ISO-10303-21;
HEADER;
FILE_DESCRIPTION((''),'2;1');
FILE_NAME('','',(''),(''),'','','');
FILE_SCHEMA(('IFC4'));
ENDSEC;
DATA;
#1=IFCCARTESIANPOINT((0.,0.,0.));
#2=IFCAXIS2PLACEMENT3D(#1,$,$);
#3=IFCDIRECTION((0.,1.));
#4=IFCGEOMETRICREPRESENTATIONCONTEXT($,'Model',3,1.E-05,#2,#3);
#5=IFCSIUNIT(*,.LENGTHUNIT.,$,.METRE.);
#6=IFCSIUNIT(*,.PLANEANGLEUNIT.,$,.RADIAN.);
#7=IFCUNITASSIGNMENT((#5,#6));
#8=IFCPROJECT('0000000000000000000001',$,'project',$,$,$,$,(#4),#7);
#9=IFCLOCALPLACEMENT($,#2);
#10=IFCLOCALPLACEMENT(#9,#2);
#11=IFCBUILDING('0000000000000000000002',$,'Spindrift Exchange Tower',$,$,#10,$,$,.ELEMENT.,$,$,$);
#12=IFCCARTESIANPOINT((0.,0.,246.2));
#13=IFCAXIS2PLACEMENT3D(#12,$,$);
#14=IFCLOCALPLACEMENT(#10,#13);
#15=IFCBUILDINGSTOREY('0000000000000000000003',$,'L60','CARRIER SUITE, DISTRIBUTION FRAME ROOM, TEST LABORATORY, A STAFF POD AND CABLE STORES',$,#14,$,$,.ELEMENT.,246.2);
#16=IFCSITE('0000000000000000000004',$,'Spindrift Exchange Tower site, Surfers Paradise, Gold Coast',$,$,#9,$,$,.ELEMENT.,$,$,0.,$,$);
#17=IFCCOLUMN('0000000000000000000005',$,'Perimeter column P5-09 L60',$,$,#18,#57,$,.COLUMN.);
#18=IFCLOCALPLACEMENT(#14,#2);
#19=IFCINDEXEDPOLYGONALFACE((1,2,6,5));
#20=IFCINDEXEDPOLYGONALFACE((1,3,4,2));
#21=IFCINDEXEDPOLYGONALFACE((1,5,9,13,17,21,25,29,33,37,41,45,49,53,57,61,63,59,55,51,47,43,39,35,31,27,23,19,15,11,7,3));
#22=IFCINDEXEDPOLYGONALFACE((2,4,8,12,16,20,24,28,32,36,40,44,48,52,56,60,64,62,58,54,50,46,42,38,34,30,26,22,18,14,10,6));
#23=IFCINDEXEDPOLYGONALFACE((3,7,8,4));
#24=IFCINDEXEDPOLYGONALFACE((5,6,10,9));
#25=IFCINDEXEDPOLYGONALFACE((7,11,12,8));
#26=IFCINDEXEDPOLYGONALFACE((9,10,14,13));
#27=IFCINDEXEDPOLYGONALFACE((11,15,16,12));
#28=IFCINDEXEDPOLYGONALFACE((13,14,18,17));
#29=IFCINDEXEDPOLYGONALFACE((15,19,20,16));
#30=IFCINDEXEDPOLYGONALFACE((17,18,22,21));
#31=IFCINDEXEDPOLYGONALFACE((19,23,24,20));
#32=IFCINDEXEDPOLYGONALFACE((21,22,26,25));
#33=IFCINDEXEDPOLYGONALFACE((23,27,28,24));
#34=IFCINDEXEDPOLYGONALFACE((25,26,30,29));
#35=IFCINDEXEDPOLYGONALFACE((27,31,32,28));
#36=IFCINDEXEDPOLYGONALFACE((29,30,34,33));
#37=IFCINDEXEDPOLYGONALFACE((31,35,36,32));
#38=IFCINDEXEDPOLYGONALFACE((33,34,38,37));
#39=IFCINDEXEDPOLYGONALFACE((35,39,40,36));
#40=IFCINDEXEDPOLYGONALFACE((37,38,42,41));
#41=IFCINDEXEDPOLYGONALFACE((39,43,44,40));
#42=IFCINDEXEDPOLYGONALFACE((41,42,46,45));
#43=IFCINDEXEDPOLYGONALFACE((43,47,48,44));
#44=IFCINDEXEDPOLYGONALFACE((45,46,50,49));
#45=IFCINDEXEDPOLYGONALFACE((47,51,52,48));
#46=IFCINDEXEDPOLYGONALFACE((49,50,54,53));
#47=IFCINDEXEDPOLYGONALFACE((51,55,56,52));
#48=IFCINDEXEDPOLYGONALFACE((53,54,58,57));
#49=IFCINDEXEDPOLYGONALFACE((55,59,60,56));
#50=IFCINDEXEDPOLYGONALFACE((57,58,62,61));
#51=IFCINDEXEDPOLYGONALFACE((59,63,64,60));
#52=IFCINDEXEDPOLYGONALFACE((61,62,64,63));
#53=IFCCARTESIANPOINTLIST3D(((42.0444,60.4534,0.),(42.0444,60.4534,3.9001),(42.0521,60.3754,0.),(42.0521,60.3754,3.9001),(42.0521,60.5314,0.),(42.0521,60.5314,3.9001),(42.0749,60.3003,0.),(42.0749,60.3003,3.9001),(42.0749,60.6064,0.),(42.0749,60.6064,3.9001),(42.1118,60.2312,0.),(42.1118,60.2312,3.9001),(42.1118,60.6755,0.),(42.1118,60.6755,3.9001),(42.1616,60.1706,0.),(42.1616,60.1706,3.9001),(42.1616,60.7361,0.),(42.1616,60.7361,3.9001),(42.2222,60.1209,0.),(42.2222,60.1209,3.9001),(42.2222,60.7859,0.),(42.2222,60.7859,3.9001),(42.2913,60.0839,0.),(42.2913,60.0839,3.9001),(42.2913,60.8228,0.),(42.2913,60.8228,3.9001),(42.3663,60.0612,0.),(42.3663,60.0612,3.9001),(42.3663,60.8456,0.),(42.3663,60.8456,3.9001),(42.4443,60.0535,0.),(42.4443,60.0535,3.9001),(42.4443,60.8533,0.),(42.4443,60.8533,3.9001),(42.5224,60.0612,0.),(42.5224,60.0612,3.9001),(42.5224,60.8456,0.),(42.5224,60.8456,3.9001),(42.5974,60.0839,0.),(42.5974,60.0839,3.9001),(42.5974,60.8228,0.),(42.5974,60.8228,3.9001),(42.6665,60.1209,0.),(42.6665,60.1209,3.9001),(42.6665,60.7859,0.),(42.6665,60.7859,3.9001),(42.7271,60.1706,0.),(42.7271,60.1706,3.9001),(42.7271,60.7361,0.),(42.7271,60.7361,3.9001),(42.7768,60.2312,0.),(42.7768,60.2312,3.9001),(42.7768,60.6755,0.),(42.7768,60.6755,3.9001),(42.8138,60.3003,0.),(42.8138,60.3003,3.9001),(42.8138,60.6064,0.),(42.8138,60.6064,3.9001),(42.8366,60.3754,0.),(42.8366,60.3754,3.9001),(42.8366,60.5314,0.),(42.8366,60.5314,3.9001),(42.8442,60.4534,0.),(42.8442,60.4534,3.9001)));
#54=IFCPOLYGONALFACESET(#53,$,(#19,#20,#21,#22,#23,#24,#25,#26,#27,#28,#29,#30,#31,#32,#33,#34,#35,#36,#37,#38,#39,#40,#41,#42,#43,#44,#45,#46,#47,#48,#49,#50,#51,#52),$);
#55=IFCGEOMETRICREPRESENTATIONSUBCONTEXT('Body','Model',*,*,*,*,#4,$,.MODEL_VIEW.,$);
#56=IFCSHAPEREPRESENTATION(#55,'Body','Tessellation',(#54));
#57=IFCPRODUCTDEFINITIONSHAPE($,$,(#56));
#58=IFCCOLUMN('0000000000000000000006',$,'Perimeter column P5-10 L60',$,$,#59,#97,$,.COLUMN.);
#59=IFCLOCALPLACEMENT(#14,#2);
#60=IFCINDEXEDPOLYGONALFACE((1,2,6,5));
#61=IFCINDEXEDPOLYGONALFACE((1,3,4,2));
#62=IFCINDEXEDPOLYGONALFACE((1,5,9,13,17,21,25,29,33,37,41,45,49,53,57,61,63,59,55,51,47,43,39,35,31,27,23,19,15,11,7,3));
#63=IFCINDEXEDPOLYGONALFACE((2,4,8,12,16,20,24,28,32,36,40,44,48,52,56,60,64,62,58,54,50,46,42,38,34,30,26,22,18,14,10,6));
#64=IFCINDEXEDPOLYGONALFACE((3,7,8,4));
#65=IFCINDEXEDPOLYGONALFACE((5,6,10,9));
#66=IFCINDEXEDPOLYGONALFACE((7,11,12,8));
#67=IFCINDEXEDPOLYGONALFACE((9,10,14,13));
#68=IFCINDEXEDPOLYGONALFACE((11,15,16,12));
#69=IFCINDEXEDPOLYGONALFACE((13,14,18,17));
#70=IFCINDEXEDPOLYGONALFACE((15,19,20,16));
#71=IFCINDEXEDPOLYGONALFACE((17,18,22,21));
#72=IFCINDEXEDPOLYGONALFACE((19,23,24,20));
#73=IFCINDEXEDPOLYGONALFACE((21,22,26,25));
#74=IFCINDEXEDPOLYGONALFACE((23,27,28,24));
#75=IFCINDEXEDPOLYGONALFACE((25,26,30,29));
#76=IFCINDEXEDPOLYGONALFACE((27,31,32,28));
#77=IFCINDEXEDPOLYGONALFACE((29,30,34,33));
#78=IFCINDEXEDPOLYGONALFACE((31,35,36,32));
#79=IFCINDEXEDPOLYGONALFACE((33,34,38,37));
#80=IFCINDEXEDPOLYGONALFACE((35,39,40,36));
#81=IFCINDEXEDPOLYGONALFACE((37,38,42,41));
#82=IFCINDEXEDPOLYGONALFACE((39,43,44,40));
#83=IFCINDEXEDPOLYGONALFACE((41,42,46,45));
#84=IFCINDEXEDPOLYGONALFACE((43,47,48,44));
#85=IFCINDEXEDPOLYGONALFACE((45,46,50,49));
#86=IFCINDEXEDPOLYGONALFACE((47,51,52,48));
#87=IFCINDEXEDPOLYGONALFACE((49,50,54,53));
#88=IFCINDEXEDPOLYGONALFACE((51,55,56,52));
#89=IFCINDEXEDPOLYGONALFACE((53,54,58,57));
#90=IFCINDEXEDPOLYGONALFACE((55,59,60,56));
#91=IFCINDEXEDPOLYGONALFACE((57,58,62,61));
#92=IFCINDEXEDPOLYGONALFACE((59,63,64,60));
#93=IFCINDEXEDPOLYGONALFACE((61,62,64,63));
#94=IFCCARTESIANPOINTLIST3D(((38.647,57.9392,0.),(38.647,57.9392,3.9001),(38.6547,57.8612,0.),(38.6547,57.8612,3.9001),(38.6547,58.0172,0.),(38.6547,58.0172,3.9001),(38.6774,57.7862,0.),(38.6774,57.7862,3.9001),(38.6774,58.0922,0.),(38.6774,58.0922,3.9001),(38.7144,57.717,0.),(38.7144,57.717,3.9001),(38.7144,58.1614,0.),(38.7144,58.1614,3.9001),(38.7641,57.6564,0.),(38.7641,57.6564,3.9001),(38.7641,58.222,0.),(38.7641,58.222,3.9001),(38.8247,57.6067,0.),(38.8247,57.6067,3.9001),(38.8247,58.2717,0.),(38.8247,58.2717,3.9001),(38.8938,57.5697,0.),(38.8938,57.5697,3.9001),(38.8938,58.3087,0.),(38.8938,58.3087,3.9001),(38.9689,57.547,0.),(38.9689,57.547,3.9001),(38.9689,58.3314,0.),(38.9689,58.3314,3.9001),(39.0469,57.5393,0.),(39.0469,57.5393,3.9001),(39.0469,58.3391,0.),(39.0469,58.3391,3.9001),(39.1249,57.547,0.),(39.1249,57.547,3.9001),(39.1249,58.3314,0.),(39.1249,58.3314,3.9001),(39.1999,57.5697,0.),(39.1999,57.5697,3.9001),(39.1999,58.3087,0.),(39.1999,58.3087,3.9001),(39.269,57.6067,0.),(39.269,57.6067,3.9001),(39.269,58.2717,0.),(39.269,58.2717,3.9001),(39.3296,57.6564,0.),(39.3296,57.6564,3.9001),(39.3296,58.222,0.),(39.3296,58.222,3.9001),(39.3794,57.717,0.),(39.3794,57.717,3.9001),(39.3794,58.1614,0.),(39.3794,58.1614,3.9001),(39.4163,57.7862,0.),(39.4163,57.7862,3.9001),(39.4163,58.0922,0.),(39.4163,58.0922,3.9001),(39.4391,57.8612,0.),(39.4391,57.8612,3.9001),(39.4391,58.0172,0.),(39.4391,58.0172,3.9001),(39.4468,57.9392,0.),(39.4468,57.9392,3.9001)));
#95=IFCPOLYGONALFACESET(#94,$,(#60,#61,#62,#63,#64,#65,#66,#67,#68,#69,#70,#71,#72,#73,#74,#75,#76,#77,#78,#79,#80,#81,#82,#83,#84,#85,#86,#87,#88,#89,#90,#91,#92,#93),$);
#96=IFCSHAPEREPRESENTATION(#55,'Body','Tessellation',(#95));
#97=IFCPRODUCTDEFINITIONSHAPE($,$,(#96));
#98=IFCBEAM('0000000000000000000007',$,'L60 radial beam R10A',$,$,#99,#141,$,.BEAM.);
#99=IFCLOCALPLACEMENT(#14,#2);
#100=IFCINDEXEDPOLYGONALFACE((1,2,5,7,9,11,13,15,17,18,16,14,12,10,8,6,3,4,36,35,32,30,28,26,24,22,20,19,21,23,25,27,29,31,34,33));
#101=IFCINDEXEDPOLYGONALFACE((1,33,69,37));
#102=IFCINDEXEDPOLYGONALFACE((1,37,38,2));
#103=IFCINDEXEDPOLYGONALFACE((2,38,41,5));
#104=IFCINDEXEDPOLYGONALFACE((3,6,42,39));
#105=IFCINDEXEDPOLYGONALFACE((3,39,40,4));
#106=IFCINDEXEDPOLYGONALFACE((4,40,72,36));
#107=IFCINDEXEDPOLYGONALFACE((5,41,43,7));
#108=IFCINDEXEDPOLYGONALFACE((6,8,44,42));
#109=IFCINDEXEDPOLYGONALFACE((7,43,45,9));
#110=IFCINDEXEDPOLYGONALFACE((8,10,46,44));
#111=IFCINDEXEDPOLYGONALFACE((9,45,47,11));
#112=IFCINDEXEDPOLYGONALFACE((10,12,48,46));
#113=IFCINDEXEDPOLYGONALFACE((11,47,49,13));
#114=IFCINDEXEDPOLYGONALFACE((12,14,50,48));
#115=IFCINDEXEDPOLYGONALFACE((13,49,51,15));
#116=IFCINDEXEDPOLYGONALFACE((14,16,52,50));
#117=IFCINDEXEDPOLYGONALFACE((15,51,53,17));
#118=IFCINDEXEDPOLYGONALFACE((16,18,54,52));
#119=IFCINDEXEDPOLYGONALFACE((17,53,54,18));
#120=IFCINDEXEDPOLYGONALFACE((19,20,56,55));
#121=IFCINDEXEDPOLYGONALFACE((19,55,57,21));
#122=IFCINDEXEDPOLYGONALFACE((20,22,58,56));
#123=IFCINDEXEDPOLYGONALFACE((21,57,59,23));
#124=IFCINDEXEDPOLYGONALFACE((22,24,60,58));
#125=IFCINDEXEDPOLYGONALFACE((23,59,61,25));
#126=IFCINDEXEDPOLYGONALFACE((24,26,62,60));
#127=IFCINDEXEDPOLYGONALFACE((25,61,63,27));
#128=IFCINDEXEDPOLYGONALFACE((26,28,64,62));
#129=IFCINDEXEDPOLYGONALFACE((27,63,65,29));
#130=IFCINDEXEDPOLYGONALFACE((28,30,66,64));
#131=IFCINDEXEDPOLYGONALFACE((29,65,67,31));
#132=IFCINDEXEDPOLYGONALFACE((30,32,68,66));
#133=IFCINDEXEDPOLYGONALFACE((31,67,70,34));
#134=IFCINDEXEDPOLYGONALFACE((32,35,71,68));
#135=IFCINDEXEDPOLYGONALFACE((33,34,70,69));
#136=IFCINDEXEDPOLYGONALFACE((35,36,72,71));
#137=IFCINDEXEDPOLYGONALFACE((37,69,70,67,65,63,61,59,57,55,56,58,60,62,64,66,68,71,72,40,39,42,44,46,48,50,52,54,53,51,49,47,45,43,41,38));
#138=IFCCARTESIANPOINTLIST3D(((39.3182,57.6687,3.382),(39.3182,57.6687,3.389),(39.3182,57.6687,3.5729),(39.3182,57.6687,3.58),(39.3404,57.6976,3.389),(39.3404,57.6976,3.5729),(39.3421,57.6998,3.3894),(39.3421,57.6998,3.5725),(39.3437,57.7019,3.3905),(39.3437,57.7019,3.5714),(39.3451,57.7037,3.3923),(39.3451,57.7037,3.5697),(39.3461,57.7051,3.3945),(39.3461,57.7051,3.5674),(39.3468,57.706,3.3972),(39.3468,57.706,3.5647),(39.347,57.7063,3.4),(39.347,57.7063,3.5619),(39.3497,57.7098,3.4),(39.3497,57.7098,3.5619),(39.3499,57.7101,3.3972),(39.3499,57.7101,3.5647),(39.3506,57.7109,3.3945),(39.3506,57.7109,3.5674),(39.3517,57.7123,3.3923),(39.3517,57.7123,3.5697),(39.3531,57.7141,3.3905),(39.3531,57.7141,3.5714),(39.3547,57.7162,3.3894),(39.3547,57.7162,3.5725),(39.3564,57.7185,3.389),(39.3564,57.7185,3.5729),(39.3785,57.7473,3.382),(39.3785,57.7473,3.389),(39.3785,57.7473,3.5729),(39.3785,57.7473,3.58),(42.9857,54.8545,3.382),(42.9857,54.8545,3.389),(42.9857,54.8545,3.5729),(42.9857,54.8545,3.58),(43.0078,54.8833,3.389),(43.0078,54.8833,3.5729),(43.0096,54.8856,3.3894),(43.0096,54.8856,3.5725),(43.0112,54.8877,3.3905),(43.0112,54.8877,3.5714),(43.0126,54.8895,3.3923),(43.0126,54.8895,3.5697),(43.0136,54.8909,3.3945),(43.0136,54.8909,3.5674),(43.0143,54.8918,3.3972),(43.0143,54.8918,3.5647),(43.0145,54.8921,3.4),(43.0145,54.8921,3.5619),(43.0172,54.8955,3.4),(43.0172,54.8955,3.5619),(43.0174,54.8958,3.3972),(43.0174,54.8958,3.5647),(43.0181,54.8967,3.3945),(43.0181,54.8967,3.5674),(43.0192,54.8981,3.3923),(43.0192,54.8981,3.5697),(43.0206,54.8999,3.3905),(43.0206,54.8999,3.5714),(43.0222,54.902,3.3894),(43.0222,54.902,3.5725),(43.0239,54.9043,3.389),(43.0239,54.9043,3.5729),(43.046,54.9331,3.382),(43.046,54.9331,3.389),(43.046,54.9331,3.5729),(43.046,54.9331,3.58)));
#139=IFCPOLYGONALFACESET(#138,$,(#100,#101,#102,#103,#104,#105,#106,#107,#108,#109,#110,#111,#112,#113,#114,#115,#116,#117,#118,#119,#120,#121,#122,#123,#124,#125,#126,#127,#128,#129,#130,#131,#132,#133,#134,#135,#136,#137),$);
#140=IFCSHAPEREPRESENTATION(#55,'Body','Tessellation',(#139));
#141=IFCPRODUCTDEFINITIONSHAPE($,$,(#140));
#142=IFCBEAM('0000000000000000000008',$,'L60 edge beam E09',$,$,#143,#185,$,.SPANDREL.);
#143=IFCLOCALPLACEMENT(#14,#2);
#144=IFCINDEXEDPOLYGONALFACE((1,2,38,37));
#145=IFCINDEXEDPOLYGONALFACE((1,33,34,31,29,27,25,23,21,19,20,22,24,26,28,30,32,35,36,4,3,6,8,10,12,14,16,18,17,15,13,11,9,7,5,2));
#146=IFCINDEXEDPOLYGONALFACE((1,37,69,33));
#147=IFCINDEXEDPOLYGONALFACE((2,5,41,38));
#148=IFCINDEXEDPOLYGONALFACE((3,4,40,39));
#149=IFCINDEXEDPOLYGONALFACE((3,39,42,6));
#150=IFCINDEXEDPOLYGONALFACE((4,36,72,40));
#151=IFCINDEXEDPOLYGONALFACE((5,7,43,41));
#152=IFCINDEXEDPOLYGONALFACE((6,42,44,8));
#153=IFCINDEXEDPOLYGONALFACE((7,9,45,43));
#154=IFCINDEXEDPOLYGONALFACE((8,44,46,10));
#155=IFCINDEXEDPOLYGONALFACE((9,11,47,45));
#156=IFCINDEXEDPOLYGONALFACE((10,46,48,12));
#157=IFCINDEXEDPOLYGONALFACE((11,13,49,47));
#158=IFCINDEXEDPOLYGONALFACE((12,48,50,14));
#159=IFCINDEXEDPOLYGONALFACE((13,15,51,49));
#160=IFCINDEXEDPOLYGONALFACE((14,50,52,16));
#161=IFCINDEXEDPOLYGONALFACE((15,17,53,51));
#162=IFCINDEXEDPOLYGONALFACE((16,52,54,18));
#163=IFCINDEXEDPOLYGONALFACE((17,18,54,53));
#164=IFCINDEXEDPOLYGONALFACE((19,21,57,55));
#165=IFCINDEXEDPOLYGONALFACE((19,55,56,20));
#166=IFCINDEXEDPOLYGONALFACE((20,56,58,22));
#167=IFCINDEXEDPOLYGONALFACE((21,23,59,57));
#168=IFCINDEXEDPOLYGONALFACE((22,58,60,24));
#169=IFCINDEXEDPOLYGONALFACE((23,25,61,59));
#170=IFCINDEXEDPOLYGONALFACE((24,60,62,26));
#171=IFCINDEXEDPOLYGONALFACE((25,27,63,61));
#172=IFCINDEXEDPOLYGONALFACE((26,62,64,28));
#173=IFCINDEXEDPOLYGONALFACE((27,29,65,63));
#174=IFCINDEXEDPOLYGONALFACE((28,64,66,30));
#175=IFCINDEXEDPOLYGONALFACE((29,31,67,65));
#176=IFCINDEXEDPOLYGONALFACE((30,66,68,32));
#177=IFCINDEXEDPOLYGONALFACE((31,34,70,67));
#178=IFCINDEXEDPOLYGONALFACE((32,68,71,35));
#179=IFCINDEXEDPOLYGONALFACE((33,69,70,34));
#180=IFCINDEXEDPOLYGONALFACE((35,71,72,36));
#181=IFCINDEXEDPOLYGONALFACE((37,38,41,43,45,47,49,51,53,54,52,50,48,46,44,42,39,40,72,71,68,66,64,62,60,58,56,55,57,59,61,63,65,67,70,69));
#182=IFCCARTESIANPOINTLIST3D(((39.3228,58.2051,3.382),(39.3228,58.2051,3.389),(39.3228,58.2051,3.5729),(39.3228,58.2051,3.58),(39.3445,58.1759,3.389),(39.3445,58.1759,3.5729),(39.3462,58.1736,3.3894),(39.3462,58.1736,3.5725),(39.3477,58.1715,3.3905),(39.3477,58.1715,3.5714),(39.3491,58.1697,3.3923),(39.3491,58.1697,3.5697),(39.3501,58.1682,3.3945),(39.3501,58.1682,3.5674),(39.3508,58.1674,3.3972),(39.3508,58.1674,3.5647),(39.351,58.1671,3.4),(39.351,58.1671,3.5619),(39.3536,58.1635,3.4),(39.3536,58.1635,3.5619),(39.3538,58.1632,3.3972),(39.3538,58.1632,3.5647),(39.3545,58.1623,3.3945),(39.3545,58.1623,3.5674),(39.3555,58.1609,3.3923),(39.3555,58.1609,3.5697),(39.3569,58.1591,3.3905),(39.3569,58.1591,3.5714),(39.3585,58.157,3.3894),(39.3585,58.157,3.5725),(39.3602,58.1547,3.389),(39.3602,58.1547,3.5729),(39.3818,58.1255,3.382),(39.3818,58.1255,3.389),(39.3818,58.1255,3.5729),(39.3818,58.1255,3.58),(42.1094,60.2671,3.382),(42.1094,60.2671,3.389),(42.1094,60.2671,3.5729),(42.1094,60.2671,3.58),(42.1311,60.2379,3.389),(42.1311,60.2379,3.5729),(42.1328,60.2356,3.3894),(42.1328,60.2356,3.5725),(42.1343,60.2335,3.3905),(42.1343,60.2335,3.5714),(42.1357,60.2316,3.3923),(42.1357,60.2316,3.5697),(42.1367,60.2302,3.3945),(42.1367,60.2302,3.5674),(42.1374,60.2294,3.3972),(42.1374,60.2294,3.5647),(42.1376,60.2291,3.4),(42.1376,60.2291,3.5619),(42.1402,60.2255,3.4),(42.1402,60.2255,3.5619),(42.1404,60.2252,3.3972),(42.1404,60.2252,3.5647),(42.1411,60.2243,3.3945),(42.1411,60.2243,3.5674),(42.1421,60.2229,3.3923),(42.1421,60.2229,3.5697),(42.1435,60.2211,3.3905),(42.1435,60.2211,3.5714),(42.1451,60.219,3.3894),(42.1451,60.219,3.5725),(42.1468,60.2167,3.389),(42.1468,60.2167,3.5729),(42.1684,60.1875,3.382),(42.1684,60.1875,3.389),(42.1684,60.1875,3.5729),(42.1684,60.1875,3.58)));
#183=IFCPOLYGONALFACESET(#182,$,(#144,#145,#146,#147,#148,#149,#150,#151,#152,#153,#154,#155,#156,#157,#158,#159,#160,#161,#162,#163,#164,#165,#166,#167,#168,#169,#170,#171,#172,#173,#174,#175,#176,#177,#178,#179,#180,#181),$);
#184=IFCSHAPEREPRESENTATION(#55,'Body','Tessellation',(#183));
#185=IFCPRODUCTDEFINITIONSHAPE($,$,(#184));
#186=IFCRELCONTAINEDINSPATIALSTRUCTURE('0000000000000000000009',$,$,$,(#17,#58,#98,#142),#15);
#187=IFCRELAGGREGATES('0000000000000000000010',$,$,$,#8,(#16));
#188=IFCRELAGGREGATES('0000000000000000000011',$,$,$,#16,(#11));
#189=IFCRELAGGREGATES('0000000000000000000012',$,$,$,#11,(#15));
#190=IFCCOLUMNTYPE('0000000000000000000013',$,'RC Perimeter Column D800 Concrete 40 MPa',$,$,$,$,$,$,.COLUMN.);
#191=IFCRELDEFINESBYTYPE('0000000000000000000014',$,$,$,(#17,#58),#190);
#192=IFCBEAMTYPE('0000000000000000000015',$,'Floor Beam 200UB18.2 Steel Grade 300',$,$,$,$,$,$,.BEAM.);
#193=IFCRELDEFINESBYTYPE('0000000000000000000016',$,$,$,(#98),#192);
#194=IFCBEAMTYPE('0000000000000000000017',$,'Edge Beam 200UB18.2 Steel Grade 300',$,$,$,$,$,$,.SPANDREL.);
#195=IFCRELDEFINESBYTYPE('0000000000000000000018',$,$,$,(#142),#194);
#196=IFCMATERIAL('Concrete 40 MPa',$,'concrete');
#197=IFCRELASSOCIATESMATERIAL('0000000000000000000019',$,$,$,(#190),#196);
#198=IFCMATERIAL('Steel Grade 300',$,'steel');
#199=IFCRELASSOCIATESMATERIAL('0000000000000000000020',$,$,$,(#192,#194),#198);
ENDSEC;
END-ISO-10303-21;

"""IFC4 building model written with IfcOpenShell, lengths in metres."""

from ifc_helpers import new_model, si_unit, direction, frame, origin, origin_2d, place, context, subcontext, project, spatial, circle, i_section, extrude, source, transform, mapped, material, material_profile, profile_set, type_object, element, save


model = new_model("IFC4")

# Units and contexts
model_context = context("Model", 3, precision=1e-05, world=origin(), true_north=direction((0.0, 1.0)))
body_context = subcontext(model_context, "Body", "Model", "MODEL_VIEW")
ifc_project = project(units=[si_unit("LENGTHUNIT", "METRE"), si_unit("PLANEANGLEUNIT", "RADIAN")], contexts=[model_context])

# Site, building, storey
site_placement = place(None, origin())
site = spatial("IfcSite", under=ifc_project, at=site_placement, Name="Spindrift Exchange Tower site, Surfers Paradise, Gold Coast", CompositionType="ELEMENT", RefElevation=0.0)
building_placement = place(site_placement, origin())
building = spatial("IfcBuilding", under=site, at=building_placement, Name="Spindrift Exchange Tower", CompositionType="ELEMENT")
storey_placement = place(building_placement, frame((0.0, 0.0, 246.2)))
storey = spatial("IfcBuildingStorey", under=building, at=storey_placement, Name="L60", Description="CARRIER SUITE, DISTRIBUTION FRAME ROOM, TEST LABORATORY, A STAFF POD AND CABLE STORES", CompositionType="ELEMENT", Elevation=246.2)

# Columns
ifc_material_1 = material(Name="Concrete 40 MPa", Category="concrete")
ifc_material_profile_1 = material_profile(ifc_material_1, circle(Radius=0.3999, at=origin_2d()), Name="RC D800")
ifc_profile_set_1 = profile_set([ifc_material_profile_1], Name="Concrete 40 MPa")
column_type = type_object("IfcColumnType", Name="RC Perimeter Column D800 Concrete 40 MPa", PredefinedType="COLUMN", material=ifc_profile_set_1)
shared_shape_1 = source(origin(), body_context, "Body", "SweptSolid", [
    extrude(circle(Radius=0.3999, at=origin_2d()), origin(), (0.0, 0.0, 1.0), 3.9001),
])
for number, where, z_axis, x_axis, name in (
    (1, (42.4443, 60.4534, 0.0), (0.0, 0.0, 1.0), (1.0, 0.0, 0.0), "Perimeter column P5-09 L60"),
    (2, (39.0469, 57.9392, 0.0), (0.0, 0.0, 1.0), (1.0, 0.0, 0.0), "Perimeter column P5-10 L60"),
):
    element("IfcColumn", number, at=place(storey_placement, frame(where, z_axis=z_axis, x_axis=x_axis)), inside=storey, type_object=column_type, Name=name, PredefinedType="COLUMN", context=body_context, shape_type="MappedRepresentation", body=[
        mapped(shared_shape_1, transform((0.0, 0.0, 0.0), scale=1.0)),
    ])

# Beams
ifc_material_2 = material(Name="Steel Grade 300", Category="steel")
ifc_material_profile_2 = material_profile(ifc_material_2, i_section(OverallWidth=0.0991, OverallDepth=0.198, WebThickness=0.0044, FlangeThickness=0.0071, FilletRadius=0.011, at=origin_2d()), Name="200UB18.2")
ifc_profile_set_2 = profile_set([ifc_material_profile_2], Name="Steel Grade 300")
beam_type_1 = type_object("IfcBeamType", Name="Floor Beam 200UB18.2 Steel Grade 300", PredefinedType="BEAM", material=ifc_profile_set_2)
shared_shape_2 = source(origin(), body_context, "Body", "SweptSolid", [
    extrude(i_section(OverallWidth=0.0991, OverallDepth=0.198, WebThickness=0.0044, FlangeThickness=0.0071, FilletRadius=0.011, at=origin_2d()), origin(), (0.0, 0.0, 1.0), 4.6228),
])
beam_1_placement = place(storey_placement, frame((43.0159, 54.8938, 3.481), z_axis=(-0.793348, 0.608769, 0.0), x_axis=(-0.608769, -0.793348, 0.0)))
element("IfcBeam", 3, at=beam_1_placement, inside=storey, type_object=beam_type_1, Name="L60 radial beam R10A", PredefinedType="BEAM", context=body_context, shape_type="MappedRepresentation", body=[
    mapped(shared_shape_2, transform((0.0, 0.0, 0.0), scale=1.0)),
])
ifc_material_profile_3 = material_profile(ifc_material_2, i_section(OverallWidth=0.0991, OverallDepth=0.198, WebThickness=0.0044, FlangeThickness=0.0071, FilletRadius=0.011, at=origin_2d()), Name="200UB18.2")
ifc_profile_set_3 = profile_set([ifc_material_profile_3], Name="Steel Grade 300")
beam_type_2 = type_object("IfcBeamType", Name="Edge Beam 200UB18.2 Steel Grade 300", PredefinedType="SPANDREL", material=ifc_profile_set_3)
shared_shape_3 = source(origin(), body_context, "Body", "SweptSolid", [
    extrude(i_section(OverallWidth=0.0991, OverallDepth=0.198, WebThickness=0.0044, FlangeThickness=0.0071, FilletRadius=0.011, at=origin_2d()), origin(), (0.0, 0.0, 1.0), 3.4666),
])
beam_2_placement = place(storey_placement, frame((42.1389, 60.2273, 3.481), z_axis=(-0.803854, -0.594827, 0.0), x_axis=(0.594827, -0.803854, 0.0)))
element("IfcBeam", 4, at=beam_2_placement, inside=storey, type_object=beam_type_2, Name="L60 edge beam E09", PredefinedType="SPANDREL", context=body_context, shape_type="MappedRepresentation", body=[
    mapped(shared_shape_3, transform((0.0, 0.0, 0.0), scale=1.0)),
])

save(model, "model.ifc")
